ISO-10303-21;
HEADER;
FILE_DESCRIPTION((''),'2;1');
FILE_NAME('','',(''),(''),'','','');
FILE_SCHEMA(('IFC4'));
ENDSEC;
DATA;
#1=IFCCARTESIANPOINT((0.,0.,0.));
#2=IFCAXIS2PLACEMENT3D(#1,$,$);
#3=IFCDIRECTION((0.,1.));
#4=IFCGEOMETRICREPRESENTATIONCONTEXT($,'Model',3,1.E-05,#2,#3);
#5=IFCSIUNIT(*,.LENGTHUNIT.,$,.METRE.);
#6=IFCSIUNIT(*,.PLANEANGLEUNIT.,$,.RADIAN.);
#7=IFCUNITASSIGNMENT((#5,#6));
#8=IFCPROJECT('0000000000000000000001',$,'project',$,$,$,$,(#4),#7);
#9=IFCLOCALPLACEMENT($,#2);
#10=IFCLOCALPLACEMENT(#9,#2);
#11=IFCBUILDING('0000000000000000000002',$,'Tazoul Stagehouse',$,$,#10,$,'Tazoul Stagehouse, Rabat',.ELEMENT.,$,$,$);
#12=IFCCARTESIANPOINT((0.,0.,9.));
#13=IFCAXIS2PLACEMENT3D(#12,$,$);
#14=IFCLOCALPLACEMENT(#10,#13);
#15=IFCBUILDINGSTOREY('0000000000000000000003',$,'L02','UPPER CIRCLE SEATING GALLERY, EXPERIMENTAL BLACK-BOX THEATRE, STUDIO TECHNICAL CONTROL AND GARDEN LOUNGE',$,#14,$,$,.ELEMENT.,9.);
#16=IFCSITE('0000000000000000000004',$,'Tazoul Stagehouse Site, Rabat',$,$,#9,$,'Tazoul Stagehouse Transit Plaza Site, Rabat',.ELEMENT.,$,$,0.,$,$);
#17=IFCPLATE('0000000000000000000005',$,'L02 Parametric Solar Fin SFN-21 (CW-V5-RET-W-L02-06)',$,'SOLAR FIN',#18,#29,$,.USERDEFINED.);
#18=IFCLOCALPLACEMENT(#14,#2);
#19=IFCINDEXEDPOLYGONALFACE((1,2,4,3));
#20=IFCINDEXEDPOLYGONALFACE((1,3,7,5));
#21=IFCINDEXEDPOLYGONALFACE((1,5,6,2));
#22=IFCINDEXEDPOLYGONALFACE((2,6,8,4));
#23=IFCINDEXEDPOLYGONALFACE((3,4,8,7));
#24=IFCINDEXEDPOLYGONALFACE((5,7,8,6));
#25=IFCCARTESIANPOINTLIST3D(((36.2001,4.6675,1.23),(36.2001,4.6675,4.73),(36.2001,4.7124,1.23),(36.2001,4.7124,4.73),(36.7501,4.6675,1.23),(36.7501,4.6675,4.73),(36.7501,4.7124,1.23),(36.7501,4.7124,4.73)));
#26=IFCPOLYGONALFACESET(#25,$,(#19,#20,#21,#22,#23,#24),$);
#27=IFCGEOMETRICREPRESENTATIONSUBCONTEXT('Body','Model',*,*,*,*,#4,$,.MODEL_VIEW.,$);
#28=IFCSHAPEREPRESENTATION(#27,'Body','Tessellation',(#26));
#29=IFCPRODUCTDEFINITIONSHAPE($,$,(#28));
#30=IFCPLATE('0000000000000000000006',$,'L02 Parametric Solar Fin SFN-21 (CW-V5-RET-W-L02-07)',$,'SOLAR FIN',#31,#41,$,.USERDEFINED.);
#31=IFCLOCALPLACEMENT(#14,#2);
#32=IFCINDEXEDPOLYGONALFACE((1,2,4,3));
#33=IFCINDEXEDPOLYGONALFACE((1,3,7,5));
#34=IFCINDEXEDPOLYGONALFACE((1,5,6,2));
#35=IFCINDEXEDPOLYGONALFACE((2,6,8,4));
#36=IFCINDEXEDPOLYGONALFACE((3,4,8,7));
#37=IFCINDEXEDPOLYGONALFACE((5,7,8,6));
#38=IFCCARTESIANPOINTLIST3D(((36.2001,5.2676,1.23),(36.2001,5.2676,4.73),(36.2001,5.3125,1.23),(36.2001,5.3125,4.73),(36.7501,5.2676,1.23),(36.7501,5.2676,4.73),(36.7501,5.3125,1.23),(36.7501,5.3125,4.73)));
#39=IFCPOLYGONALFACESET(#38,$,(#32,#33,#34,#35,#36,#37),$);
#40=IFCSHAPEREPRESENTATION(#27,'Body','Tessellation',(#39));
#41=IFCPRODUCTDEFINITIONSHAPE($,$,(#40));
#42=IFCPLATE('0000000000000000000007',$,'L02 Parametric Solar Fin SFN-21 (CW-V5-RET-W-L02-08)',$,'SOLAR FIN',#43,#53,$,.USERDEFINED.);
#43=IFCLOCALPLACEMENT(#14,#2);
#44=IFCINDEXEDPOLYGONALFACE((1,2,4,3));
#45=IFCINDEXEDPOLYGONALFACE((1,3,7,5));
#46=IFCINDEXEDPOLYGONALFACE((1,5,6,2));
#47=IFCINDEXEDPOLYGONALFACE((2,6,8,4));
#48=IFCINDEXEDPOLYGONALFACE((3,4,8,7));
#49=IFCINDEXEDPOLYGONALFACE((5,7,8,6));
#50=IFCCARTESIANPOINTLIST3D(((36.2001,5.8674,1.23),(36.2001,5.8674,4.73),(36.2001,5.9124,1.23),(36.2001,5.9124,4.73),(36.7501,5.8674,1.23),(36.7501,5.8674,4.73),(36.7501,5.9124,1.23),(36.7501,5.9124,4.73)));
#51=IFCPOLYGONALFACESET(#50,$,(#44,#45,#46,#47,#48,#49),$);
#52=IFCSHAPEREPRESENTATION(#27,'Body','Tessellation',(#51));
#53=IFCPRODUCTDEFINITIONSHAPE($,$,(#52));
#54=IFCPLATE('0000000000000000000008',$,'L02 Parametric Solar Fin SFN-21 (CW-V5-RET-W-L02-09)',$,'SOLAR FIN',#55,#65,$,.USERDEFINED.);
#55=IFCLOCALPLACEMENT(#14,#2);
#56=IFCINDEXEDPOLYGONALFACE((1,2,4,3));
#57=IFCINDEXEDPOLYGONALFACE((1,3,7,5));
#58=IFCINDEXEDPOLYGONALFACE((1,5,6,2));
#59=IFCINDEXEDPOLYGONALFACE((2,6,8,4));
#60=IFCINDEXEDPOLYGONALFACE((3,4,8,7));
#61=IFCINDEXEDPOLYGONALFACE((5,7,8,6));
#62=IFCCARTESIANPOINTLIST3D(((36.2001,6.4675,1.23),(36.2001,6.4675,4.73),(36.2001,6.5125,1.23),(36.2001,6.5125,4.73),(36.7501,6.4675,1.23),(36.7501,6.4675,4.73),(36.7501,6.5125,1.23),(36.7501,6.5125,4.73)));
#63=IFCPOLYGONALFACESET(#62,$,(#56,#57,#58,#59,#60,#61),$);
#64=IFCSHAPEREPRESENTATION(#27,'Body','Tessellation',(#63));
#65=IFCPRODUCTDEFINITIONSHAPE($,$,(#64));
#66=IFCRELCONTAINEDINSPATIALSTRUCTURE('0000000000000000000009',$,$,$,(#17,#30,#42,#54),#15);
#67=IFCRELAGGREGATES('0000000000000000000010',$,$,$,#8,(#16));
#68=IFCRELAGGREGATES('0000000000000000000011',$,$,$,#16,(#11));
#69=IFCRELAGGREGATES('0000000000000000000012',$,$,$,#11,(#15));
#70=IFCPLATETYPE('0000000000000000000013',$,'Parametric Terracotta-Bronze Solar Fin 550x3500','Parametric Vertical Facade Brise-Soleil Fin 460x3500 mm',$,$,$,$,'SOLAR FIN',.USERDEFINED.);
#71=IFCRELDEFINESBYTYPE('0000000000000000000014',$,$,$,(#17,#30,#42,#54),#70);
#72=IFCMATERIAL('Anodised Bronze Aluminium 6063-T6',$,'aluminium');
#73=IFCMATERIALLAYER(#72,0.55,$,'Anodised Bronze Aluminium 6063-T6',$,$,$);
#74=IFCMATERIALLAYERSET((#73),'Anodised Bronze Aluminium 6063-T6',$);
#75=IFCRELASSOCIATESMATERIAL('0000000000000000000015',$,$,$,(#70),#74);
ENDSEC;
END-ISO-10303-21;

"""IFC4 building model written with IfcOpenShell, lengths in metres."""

from ifc_helpers import new_model, si_unit, direction, frame, origin, origin_2d, place, context, subcontext, project, spatial, rectangle, extrude, material, layer, layer_set, type_object, element, save


model = new_model("IFC4")

# Units and contexts
model_context = context("Model", 3, precision=1e-05, world=origin(), true_north=direction((0.0, 1.0)))
body_context = subcontext(model_context, "Body", "Model", "MODEL_VIEW")
ifc_project = project(units=[si_unit("LENGTHUNIT", "METRE"), si_unit("PLANEANGLEUNIT", "RADIAN")], contexts=[model_context])

# Shared definitions
ifc_material_1 = material(Name="Anodised Bronze Aluminium 6063-T6", Category="aluminium")
site_placement = place(None, origin())
building_placement = place(site_placement, origin())
storey_placement = place(building_placement, frame((0.0, 0.0, 9.0)))

# Site, building, storey
site = spatial("IfcSite", under=ifc_project, at=site_placement, Name="Tazoul Stagehouse Site, Rabat", LongName="Tazoul Stagehouse Transit Plaza Site, Rabat", CompositionType="ELEMENT", RefElevation=0.0)
building = spatial("IfcBuilding", under=site, at=building_placement, Name="Tazoul Stagehouse", LongName="Tazoul Stagehouse, Rabat", CompositionType="ELEMENT")
storey = spatial("IfcBuildingStorey", under=building, at=storey_placement, Name="L02", Description="UPPER CIRCLE SEATING GALLERY, EXPERIMENTAL BLACK-BOX THEATRE, STUDIO TECHNICAL CONTROL AND GARDEN LOUNGE", CompositionType="ELEMENT", Elevation=9.0)

# Plates
ifc_layer_1 = layer(ifc_material_1, 0.55, Name="Anodised Bronze Aluminium 6063-T6")
ifc_layer_set_1 = layer_set([ifc_layer_1], Name="Anodised Bronze Aluminium 6063-T6")
plate_type_1 = type_object("IfcPlateType", Name="Parametric Terracotta-Bronze Solar Fin 550x3500", Description="Parametric Vertical Facade Brise-Soleil Fin 460x3500 mm", ElementType="SOLAR FIN", PredefinedType="USERDEFINED", material=ifc_layer_set_1)
for number, where, z_axis, x_axis, name in (
    (1, (36.4751, 4.6899, 1.23), (0.0, 0.0, 1.0), (0.0, 1.0, 0.0), "L02 Parametric Solar Fin SFN-21 (CW-V5-RET-W-L02-06)"),
    (2, (36.4751, 5.29, 1.23), (0.0, 0.0, 1.0), (0.0, 1.0, 0.0), "L02 Parametric Solar Fin SFN-21 (CW-V5-RET-W-L02-07)"),
    (3, (36.4751, 5.8899, 1.23), (0.0, 0.0, 1.0), (0.0, 1.0, 0.0), "L02 Parametric Solar Fin SFN-21 (CW-V5-RET-W-L02-08)"),
    (4, (36.4751, 6.49, 1.23), (0.0, 0.0, 1.0), (0.0, 1.0, 0.0), "L02 Parametric Solar Fin SFN-21 (CW-V5-RET-W-L02-09)"),
):
    element("IfcPlate", number, at=place(storey_placement, frame(where, z_axis=z_axis, x_axis=x_axis)), inside=storey, type_object=plate_type_1, Name=name, ObjectType="SOLAR FIN", PredefinedType="USERDEFINED", context=body_context, shape_type="SweptSolid", body=[
        extrude(rectangle(XDim=0.0449, YDim=0.55, at=origin_2d()), origin(), (0.0, 0.0, 1.0), 3.5),
    ])

save(model, "model.ifc")
